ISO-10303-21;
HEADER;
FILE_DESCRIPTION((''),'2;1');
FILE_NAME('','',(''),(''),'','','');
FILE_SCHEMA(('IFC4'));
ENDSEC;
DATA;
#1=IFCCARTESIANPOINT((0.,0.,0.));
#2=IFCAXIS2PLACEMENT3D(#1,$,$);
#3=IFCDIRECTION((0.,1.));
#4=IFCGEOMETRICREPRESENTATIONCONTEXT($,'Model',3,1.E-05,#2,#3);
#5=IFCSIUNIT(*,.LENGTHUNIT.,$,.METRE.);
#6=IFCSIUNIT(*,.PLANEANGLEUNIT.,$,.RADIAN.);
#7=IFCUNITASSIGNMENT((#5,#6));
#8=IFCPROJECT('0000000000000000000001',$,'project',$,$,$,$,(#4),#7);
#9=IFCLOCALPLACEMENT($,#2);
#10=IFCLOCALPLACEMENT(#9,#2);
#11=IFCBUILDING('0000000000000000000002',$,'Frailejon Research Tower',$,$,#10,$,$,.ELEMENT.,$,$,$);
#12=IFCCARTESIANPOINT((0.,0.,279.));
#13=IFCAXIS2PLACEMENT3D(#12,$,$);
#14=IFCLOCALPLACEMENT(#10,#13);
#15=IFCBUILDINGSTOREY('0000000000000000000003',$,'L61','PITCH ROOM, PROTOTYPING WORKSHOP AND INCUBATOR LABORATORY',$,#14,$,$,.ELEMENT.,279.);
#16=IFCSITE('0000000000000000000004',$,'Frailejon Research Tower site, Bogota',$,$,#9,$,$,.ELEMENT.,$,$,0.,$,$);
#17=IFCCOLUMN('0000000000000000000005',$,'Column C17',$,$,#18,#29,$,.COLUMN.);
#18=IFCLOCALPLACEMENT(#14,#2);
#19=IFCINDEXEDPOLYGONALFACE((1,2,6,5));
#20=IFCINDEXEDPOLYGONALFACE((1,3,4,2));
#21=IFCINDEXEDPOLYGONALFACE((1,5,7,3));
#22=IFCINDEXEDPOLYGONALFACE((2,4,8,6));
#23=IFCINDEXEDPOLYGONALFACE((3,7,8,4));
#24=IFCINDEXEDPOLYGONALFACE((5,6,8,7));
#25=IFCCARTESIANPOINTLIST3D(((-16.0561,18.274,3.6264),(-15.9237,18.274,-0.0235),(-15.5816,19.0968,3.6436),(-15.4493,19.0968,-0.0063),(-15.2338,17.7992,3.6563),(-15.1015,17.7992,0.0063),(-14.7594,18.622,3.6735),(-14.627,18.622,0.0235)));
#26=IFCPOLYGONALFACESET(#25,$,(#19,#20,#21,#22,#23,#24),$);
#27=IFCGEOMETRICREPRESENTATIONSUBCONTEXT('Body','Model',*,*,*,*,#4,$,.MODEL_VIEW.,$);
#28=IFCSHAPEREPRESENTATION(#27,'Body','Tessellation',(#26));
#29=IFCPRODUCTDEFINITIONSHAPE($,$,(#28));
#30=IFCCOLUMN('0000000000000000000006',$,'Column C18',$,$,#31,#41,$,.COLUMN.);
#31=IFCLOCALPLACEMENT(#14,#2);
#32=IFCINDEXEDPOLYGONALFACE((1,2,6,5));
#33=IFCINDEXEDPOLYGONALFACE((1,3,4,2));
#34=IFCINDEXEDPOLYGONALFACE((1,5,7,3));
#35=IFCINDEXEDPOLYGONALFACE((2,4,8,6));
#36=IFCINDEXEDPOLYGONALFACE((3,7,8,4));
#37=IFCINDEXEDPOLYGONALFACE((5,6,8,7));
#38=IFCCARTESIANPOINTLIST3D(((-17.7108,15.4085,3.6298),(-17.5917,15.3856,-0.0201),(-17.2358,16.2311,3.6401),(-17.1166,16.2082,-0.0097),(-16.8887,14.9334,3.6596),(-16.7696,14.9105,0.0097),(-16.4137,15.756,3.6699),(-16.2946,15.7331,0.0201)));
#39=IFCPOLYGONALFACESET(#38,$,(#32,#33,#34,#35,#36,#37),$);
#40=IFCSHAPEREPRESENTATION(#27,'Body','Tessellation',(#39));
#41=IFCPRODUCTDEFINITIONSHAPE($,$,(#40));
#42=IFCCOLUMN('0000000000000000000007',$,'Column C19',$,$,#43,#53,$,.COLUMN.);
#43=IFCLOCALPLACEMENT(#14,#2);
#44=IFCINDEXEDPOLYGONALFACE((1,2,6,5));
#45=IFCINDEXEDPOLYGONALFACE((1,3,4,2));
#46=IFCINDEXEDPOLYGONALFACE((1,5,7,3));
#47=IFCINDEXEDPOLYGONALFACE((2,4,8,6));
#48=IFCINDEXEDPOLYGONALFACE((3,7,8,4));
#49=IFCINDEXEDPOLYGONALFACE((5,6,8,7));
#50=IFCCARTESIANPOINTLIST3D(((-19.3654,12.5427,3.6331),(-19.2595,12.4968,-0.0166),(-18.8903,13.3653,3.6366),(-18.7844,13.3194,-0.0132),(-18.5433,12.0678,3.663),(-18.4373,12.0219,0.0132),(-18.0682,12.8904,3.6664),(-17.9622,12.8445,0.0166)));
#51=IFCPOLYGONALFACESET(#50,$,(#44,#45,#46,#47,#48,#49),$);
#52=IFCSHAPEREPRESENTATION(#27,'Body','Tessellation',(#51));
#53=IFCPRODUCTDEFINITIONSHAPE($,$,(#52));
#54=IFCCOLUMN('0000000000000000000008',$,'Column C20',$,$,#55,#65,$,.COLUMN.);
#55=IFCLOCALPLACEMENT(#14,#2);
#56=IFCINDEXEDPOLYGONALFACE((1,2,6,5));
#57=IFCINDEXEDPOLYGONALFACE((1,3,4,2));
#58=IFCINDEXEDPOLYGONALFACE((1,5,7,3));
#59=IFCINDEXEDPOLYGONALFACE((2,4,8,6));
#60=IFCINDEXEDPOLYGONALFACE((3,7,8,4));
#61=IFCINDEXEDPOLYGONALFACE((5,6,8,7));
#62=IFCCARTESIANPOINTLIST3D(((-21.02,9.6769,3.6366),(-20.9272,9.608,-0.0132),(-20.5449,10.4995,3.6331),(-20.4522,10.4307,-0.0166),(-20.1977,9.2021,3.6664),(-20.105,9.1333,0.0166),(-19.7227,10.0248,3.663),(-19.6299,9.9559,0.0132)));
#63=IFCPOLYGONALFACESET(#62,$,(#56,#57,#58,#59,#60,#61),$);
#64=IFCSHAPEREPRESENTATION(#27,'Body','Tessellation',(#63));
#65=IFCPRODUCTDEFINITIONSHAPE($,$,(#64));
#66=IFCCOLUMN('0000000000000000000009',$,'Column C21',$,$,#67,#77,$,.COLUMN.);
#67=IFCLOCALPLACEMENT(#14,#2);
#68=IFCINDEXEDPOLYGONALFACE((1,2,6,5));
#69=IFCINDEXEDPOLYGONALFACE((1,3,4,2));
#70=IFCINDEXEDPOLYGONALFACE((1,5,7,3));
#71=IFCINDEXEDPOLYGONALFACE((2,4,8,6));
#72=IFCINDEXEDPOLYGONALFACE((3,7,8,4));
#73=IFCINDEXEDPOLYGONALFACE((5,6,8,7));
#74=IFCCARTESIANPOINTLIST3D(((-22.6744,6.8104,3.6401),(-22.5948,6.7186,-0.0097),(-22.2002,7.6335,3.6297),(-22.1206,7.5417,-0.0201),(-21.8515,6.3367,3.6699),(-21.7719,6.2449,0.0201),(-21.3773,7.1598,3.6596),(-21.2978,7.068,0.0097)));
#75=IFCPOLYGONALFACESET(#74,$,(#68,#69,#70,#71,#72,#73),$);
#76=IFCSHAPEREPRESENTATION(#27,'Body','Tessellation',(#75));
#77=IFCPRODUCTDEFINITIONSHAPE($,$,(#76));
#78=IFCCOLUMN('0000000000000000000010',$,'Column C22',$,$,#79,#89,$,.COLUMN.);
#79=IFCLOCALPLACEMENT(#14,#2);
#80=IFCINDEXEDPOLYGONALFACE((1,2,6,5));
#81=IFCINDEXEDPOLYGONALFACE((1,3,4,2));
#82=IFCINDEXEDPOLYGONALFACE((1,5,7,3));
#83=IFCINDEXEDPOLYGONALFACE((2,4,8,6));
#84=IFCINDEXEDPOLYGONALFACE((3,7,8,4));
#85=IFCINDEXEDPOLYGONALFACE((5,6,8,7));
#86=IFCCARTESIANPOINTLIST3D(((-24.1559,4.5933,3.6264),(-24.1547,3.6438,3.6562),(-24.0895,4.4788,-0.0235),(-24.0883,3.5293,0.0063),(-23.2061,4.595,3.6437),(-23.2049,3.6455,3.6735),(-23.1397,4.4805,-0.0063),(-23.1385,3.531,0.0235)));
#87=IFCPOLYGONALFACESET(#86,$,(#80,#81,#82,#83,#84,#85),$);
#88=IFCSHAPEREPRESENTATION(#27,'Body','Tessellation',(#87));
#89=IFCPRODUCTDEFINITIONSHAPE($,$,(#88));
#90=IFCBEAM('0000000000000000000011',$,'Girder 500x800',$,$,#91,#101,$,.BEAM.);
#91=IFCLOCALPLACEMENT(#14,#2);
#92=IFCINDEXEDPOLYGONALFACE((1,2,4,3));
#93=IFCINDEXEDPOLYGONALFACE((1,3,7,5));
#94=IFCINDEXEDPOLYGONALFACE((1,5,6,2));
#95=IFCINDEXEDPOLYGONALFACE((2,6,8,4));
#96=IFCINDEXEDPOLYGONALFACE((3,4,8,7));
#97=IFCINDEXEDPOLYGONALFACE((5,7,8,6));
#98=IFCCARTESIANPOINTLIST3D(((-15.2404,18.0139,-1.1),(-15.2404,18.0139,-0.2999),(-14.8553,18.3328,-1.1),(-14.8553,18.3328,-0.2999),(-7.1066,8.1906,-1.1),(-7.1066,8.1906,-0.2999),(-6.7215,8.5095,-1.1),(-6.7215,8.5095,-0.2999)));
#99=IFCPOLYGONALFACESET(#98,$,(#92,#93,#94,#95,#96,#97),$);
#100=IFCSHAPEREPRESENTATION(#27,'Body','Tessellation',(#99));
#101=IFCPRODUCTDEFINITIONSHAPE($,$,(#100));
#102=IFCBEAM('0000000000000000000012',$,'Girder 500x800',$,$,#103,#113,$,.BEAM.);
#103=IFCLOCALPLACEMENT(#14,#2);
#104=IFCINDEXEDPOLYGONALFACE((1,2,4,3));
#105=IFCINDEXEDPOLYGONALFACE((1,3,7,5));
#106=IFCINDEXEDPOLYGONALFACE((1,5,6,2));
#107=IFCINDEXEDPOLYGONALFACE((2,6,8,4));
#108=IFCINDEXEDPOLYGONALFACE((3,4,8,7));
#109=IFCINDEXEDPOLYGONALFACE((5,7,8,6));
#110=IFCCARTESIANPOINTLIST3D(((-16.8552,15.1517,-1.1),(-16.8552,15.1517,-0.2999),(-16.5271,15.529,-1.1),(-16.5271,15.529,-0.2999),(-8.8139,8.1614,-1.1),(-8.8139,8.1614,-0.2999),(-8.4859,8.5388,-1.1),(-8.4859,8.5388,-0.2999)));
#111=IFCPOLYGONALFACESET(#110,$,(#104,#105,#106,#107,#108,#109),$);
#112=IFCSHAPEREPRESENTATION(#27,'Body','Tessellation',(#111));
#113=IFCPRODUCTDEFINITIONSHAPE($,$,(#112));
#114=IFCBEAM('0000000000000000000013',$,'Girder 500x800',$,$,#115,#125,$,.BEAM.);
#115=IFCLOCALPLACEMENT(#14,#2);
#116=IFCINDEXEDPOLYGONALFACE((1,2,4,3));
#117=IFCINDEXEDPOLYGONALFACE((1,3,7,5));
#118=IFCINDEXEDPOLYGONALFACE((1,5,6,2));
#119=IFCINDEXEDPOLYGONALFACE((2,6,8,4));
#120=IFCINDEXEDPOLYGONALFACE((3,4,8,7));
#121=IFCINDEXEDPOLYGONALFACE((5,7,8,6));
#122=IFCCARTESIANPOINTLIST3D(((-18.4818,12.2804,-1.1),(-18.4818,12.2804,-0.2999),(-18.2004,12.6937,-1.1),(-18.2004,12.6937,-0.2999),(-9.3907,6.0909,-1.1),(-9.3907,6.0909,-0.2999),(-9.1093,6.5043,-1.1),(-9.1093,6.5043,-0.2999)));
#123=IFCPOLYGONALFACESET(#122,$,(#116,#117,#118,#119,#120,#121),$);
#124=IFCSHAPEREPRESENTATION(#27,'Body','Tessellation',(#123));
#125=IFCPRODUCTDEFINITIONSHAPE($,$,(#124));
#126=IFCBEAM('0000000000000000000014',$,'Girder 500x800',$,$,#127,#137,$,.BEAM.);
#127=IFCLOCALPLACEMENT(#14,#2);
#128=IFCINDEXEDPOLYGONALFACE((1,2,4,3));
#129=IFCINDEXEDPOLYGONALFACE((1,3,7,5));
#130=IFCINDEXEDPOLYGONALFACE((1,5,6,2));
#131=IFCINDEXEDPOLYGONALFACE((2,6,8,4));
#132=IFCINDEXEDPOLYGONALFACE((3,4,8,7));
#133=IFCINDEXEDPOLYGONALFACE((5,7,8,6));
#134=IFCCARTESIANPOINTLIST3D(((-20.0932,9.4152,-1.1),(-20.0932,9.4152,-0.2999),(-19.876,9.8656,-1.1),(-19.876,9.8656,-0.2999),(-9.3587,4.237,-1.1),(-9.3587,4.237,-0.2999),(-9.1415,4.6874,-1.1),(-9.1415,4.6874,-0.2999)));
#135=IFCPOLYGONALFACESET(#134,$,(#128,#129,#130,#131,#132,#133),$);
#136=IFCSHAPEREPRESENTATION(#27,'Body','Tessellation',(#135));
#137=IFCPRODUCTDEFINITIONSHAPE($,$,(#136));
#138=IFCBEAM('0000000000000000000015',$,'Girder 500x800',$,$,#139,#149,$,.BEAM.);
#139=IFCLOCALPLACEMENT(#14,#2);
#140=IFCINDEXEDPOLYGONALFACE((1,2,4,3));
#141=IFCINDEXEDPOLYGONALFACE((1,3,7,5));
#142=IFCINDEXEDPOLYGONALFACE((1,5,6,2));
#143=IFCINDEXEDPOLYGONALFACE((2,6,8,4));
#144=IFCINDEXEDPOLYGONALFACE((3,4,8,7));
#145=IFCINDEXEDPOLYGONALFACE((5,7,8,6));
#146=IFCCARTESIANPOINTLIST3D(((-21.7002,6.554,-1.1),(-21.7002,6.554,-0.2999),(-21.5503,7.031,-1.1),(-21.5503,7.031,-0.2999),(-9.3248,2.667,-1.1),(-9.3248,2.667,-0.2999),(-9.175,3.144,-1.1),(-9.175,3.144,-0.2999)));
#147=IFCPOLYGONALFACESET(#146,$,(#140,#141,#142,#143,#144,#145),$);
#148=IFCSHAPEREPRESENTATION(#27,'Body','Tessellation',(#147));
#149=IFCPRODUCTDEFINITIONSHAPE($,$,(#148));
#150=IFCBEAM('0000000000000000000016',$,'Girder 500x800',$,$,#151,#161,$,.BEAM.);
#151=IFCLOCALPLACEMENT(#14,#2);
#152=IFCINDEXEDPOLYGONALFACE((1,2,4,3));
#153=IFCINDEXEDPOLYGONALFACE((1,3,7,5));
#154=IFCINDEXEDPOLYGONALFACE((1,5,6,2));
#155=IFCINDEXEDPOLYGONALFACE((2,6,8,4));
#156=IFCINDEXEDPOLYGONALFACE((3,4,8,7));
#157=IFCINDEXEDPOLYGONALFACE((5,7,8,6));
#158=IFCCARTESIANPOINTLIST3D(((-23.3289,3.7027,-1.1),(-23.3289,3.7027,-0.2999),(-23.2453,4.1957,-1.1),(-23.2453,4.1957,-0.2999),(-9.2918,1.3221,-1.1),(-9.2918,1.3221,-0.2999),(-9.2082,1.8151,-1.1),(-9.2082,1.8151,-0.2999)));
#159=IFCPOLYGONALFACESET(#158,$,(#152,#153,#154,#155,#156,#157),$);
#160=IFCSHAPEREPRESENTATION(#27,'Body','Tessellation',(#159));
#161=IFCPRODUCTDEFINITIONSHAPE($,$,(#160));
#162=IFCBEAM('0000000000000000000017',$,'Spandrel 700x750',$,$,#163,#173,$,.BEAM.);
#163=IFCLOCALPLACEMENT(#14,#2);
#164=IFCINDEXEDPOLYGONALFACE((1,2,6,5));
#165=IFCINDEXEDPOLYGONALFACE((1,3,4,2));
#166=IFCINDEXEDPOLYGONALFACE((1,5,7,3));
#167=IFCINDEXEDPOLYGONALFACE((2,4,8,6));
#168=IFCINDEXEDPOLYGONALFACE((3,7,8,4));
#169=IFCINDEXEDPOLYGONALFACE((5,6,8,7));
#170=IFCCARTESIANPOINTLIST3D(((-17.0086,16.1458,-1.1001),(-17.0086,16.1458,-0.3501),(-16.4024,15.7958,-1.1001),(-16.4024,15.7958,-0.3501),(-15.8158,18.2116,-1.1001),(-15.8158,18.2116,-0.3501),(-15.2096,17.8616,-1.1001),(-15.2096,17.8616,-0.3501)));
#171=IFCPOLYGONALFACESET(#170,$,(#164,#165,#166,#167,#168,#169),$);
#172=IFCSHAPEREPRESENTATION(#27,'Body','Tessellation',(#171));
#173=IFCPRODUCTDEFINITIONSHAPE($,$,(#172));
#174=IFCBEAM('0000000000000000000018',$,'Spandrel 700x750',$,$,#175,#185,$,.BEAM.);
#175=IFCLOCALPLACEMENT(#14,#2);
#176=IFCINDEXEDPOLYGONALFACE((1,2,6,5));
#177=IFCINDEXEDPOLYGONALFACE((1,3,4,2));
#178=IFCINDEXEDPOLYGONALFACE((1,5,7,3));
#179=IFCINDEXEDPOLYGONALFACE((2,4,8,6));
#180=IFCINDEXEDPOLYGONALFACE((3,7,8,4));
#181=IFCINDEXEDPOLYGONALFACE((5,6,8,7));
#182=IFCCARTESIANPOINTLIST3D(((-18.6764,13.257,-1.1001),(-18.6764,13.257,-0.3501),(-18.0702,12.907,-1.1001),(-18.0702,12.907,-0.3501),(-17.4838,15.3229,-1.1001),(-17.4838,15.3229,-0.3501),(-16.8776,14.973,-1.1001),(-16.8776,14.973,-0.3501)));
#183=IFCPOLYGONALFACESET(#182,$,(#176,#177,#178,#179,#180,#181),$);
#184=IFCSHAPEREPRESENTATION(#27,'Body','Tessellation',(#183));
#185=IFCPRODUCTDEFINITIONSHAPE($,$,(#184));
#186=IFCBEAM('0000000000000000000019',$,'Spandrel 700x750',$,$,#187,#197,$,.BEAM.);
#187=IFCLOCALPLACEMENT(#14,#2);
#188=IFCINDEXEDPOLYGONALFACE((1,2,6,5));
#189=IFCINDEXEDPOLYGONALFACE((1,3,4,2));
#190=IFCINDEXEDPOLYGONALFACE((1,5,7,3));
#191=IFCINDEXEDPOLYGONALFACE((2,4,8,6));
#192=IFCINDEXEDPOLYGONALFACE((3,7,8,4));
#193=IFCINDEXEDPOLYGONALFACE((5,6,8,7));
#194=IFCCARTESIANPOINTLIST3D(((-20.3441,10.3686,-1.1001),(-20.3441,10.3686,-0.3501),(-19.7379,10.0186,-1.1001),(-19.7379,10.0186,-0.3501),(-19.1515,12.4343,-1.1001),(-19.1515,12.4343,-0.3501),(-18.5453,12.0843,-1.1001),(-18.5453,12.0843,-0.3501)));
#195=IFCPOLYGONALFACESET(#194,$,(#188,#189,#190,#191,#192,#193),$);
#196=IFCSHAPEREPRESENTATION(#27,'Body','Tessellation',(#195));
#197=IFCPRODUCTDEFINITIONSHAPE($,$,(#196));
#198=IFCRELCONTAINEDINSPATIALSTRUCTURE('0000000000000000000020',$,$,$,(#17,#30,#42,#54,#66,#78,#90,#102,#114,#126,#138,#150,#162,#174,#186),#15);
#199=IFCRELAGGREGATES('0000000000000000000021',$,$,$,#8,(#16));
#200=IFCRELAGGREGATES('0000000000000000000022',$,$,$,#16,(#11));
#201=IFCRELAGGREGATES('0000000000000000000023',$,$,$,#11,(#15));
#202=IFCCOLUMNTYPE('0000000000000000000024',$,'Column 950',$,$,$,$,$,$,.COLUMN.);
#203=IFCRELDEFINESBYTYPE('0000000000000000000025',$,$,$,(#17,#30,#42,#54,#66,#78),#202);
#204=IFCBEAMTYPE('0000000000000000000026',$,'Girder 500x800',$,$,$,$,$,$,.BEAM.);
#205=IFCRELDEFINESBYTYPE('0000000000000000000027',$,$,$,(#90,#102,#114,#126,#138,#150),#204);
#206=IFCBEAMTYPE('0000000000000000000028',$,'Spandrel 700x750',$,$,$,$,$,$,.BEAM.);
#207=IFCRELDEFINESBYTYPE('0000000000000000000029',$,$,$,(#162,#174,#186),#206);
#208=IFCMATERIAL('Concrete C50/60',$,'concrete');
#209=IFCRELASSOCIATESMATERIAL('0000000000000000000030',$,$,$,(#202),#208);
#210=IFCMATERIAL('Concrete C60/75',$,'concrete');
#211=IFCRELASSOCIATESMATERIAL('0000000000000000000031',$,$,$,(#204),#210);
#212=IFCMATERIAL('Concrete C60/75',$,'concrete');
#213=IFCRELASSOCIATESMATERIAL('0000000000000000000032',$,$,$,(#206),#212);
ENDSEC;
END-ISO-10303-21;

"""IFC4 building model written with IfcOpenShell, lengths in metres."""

from ifc_helpers import new_model, si_unit, direction, frame, origin, origin_2d, place, context, subcontext, project, spatial, rectangle, extrude, material, material_profile, profile_set, type_object, element, save


model = new_model("IFC4")

# Units and contexts
model_context = context("Model", 3, precision=1e-05, world=origin(), true_north=direction((0.0, 1.0)))
body_context = subcontext(model_context, "Body", "Model", "MODEL_VIEW")
ifc_project = project(units=[si_unit("LENGTHUNIT", "METRE"), si_unit("PLANEANGLEUNIT", "RADIAN")], contexts=[model_context])

# Site, building, storey
site_placement = place(None, origin())
site = spatial("IfcSite", under=ifc_project, at=site_placement, Name="Frailejon Research Tower site, Bogota", CompositionType="ELEMENT", RefElevation=0.0)
building_placement = place(site_placement, origin())
building = spatial("IfcBuilding", under=site, at=building_placement, Name="Frailejon Research Tower", CompositionType="ELEMENT")
storey_placement = place(building_placement, frame((0.0, 0.0, 279.0)))
storey = spatial("IfcBuildingStorey", under=building, at=storey_placement, Name="L61", Description="PITCH ROOM, PROTOTYPING WORKSHOP AND INCUBATOR LABORATORY", CompositionType="ELEMENT", Elevation=279.0)

# Columns
ifc_material_1 = material(Name="Concrete C50/60", Category="concrete")
ifc_material_profile_1 = material_profile(ifc_material_1, rectangle(XDim=0.95, YDim=0.95, at=origin_2d()), Name="Column 950")
ifc_profile_set_1 = profile_set([ifc_material_profile_1], Name="Concrete C50/60")
column_type = type_object("IfcColumnType", Name="Column 950", PredefinedType="COLUMN", material=ifc_profile_set_1)
column_1_placement = place(storey_placement, frame((-15.2754, 18.448, 0.0), z_axis=(-0.03623, 0.0, 0.999343), x_axis=(-0.499425, -0.866168, -0.018106)))
element("IfcColumn", 1, at=column_1_placement, inside=storey, type_object=column_type, Name="Column C17", PredefinedType="COLUMN", context=body_context, shape_type="SweptSolid", body=[
    extrude(rectangle(XDim=0.95, YDim=0.95, at=origin_2d()), origin(), (0.0, 0.0, 1.0), 3.6523),
])
column_2_placement = place(storey_placement, frame((-16.9431, 15.5593, 0.0), z_axis=(-0.032624, 0.006284, 0.999448), x_axis=(-0.500036, -0.865936, -0.010878)))
element("IfcColumn", 2, at=column_2_placement, inside=storey, type_object=column_type, Name="Column C18", PredefinedType="COLUMN", context=body_context, shape_type="SweptSolid", body=[
    extrude(rectangle(XDim=0.95, YDim=0.95, at=origin_2d()), origin(), (0.0, 0.0, 1.0), 3.6519),
])
for number, where, z_axis, x_axis, name in (
    (3, (-18.6108, 12.6707, 0.0), (-0.029016, 0.012569, 0.9995), (-0.500121, -0.865948, -0.003629), "Column C19"),
    (4, (-20.2786, 9.782, 0.0), (-0.025405, 0.018853, 0.999499), (-0.500084, -0.865969, 0.003624), "Column C20"),
):
    element("IfcColumn", number, at=place(storey_placement, frame(where, z_axis=z_axis, x_axis=x_axis)), inside=storey, type_object=column_type, Name=name, PredefinedType="COLUMN", context=body_context, shape_type="SweptSolid", body=[
        extrude(rectangle(XDim=0.95, YDim=0.95, at=origin_2d()), origin(), (0.0, 0.0, 1.0), 3.6516),
    ])
column_3_placement = place(storey_placement, frame((-21.9463, 6.8933, 0.0), z_axis=(-0.021794, 0.025137, 0.999446), x_axis=(-0.499173, -0.866434, 0.010906)))
element("IfcColumn", 5, at=column_3_placement, inside=storey, type_object=column_type, Name="Column C21", PredefinedType="COLUMN", context=body_context, shape_type="SweptSolid", body=[
    extrude(rectangle(XDim=0.95, YDim=0.95, at=origin_2d()), origin(), (0.0, 0.0, 1.0), 3.6519),
])
column_4_placement = place(storey_placement, frame((-23.614, 4.0049, 0.0), z_axis=(-0.018182, 0.031351, 0.999343), x_axis=(0.001221, -0.999507, 0.031378)))
element("IfcColumn", 6, at=column_4_placement, inside=storey, type_object=column_type, Name="Column C22", PredefinedType="COLUMN", context=body_context, shape_type="SweptSolid", body=[
    extrude(rectangle(XDim=0.95, YDim=0.95, at=origin_2d()), origin(), (0.0, 0.0, 1.0), 3.6523),
])

# Beams
ifc_material_2 = material(Name="Concrete C60/75", Category="concrete")
ifc_material_profile_2 = material_profile(ifc_material_2, rectangle(XDim=0.5, YDim=0.8, at=origin_2d()), Name="Girder 500x800")
ifc_profile_set_2 = profile_set([ifc_material_profile_2], Name="Concrete C60/75")
beam_type_1 = type_object("IfcBeamType", Name="Girder 500x800", PredefinedType="BEAM", material=ifc_profile_set_2)
beam_1_placement = place(storey_placement, frame((-15.0479, 18.1733, -0.7), z_axis=(0.637764, -0.770232, 0.0), x_axis=(0.770232, 0.637764, 0.0)))
element("IfcBeam", 7, at=beam_1_placement, inside=storey, type_object=beam_type_1, Name="Girder 500x800", PredefinedType="BEAM", context=body_context, shape_type="SweptSolid", body=[
    extrude(rectangle(XDim=0.5, YDim=0.8, at=origin_2d()), origin(), (0.0, 0.0, 1.0), 12.7537),
])
beam_2_placement = place(storey_placement, frame((-16.6912, 15.3403, -0.7), z_axis=(0.754706, -0.656063, 0.0), x_axis=(0.656063, 0.754706, 0.0)))
element("IfcBeam", 8, at=beam_2_placement, inside=storey, type_object=beam_type_1, Name="Girder 500x800", PredefinedType="BEAM", context=body_context, shape_type="SweptSolid", body=[
    extrude(rectangle(XDim=0.5, YDim=0.8, at=origin_2d()), origin(), (0.0, 0.0, 1.0), 10.6548),
])
beam_3_placement = place(storey_placement, frame((-18.3411, 12.4871, -0.7), z_axis=(0.826608, -0.562778, 0.0), x_axis=(0.562778, 0.826608, 0.0)))
element("IfcBeam", 9, at=beam_3_placement, inside=storey, type_object=beam_type_1, Name="Girder 500x800", PredefinedType="BEAM", context=body_context, shape_type="SweptSolid", body=[
    extrude(rectangle(XDim=0.5, YDim=0.8, at=origin_2d()), origin(), (0.0, 0.0, 1.0), 10.998),
])
beam_4_placement = place(storey_placement, frame((-19.9846, 9.6404, -0.7), z_axis=(0.900683, -0.434476, 0.0), x_axis=(0.434476, 0.900683, 0.0)))
element("IfcBeam", 10, at=beam_4_placement, inside=storey, type_object=beam_type_1, Name="Girder 500x800", PredefinedType="BEAM", context=body_context, shape_type="SweptSolid", body=[
    extrude(rectangle(XDim=0.5, YDim=0.8, at=origin_2d()), origin(), (0.0, 0.0, 1.0), 11.9182),
])
beam_5_placement = place(storey_placement, frame((-21.6252, 6.7925, -0.7), z_axis=(0.954047, -0.299658, 0.0), x_axis=(0.299658, 0.954047, 0.0)))
element("IfcBeam", 11, at=beam_5_placement, inside=storey, type_object=beam_type_1, Name="Girder 500x800", PredefinedType="BEAM", context=body_context, shape_type="SweptSolid", body=[
    extrude(rectangle(XDim=0.5, YDim=0.8, at=origin_2d()), origin(), (0.0, 0.0, 1.0), 12.9714),
])
beam_6_placement = place(storey_placement, frame((-23.2871, 3.9492, -0.7), z_axis=(0.985922, -0.167207, 0.0), x_axis=(0.167207, 0.985922, 0.0)))
element("IfcBeam", 12, at=beam_6_placement, inside=storey, type_object=beam_type_1, Name="Girder 500x800", PredefinedType="BEAM", context=body_context, shape_type="SweptSolid", body=[
    extrude(rectangle(XDim=0.5, YDim=0.8, at=origin_2d()), origin(), (0.0, 0.0, 1.0), 14.2375),
])
ifc_material_3 = material(Name="Concrete C60/75", Category="concrete")
ifc_material_profile_3 = material_profile(ifc_material_3, rectangle(XDim=0.7, YDim=0.75, at=origin_2d()), Name="Spandrel 700x750")
ifc_profile_set_3 = profile_set([ifc_material_profile_3], Name="Concrete C60/75")
beam_type_2 = type_object("IfcBeamType", Name="Spandrel 700x750", PredefinedType="BEAM", material=ifc_profile_set_3)
for number, where, z_axis, x_axis, name in (
    (13, (-15.5127, 18.0366, -0.7251), (-0.500035, -0.866005, 0.0), (0.866005, -0.500035, 0.0), "Spandrel 700x750"),
    (14, (-17.1807, 15.1479, -0.7251), (-0.499959, -0.866049, 0.0), (0.866049, -0.499959, 0.0), "Spandrel 700x750"),
):
    element("IfcBeam", number, at=place(storey_placement, frame(where, z_axis=z_axis, x_axis=x_axis)), inside=storey, type_object=beam_type_2, Name=name, PredefinedType="BEAM", context=body_context, shape_type="SweptSolid", body=[
        extrude(rectangle(XDim=0.7, YDim=0.75, at=origin_2d()), origin(), (0.0, 0.0, 1.0), 2.3855),
    ])
beam_7_placement = place(storey_placement, frame((-18.8484, 12.2593, -0.7251), z_axis=(-0.500003, -0.866024, 0.0), x_axis=(0.866024, -0.500003, 0.0)))
element("IfcBeam", 15, at=beam_7_placement, inside=storey, type_object=beam_type_2, Name="Spandrel 700x750", PredefinedType="BEAM", context=body_context, shape_type="SweptSolid", body=[
    extrude(rectangle(XDim=0.7, YDim=0.75, at=origin_2d()), origin(), (0.0, 0.0, 1.0), 2.3853),
])

save(model, "model.ifc")
